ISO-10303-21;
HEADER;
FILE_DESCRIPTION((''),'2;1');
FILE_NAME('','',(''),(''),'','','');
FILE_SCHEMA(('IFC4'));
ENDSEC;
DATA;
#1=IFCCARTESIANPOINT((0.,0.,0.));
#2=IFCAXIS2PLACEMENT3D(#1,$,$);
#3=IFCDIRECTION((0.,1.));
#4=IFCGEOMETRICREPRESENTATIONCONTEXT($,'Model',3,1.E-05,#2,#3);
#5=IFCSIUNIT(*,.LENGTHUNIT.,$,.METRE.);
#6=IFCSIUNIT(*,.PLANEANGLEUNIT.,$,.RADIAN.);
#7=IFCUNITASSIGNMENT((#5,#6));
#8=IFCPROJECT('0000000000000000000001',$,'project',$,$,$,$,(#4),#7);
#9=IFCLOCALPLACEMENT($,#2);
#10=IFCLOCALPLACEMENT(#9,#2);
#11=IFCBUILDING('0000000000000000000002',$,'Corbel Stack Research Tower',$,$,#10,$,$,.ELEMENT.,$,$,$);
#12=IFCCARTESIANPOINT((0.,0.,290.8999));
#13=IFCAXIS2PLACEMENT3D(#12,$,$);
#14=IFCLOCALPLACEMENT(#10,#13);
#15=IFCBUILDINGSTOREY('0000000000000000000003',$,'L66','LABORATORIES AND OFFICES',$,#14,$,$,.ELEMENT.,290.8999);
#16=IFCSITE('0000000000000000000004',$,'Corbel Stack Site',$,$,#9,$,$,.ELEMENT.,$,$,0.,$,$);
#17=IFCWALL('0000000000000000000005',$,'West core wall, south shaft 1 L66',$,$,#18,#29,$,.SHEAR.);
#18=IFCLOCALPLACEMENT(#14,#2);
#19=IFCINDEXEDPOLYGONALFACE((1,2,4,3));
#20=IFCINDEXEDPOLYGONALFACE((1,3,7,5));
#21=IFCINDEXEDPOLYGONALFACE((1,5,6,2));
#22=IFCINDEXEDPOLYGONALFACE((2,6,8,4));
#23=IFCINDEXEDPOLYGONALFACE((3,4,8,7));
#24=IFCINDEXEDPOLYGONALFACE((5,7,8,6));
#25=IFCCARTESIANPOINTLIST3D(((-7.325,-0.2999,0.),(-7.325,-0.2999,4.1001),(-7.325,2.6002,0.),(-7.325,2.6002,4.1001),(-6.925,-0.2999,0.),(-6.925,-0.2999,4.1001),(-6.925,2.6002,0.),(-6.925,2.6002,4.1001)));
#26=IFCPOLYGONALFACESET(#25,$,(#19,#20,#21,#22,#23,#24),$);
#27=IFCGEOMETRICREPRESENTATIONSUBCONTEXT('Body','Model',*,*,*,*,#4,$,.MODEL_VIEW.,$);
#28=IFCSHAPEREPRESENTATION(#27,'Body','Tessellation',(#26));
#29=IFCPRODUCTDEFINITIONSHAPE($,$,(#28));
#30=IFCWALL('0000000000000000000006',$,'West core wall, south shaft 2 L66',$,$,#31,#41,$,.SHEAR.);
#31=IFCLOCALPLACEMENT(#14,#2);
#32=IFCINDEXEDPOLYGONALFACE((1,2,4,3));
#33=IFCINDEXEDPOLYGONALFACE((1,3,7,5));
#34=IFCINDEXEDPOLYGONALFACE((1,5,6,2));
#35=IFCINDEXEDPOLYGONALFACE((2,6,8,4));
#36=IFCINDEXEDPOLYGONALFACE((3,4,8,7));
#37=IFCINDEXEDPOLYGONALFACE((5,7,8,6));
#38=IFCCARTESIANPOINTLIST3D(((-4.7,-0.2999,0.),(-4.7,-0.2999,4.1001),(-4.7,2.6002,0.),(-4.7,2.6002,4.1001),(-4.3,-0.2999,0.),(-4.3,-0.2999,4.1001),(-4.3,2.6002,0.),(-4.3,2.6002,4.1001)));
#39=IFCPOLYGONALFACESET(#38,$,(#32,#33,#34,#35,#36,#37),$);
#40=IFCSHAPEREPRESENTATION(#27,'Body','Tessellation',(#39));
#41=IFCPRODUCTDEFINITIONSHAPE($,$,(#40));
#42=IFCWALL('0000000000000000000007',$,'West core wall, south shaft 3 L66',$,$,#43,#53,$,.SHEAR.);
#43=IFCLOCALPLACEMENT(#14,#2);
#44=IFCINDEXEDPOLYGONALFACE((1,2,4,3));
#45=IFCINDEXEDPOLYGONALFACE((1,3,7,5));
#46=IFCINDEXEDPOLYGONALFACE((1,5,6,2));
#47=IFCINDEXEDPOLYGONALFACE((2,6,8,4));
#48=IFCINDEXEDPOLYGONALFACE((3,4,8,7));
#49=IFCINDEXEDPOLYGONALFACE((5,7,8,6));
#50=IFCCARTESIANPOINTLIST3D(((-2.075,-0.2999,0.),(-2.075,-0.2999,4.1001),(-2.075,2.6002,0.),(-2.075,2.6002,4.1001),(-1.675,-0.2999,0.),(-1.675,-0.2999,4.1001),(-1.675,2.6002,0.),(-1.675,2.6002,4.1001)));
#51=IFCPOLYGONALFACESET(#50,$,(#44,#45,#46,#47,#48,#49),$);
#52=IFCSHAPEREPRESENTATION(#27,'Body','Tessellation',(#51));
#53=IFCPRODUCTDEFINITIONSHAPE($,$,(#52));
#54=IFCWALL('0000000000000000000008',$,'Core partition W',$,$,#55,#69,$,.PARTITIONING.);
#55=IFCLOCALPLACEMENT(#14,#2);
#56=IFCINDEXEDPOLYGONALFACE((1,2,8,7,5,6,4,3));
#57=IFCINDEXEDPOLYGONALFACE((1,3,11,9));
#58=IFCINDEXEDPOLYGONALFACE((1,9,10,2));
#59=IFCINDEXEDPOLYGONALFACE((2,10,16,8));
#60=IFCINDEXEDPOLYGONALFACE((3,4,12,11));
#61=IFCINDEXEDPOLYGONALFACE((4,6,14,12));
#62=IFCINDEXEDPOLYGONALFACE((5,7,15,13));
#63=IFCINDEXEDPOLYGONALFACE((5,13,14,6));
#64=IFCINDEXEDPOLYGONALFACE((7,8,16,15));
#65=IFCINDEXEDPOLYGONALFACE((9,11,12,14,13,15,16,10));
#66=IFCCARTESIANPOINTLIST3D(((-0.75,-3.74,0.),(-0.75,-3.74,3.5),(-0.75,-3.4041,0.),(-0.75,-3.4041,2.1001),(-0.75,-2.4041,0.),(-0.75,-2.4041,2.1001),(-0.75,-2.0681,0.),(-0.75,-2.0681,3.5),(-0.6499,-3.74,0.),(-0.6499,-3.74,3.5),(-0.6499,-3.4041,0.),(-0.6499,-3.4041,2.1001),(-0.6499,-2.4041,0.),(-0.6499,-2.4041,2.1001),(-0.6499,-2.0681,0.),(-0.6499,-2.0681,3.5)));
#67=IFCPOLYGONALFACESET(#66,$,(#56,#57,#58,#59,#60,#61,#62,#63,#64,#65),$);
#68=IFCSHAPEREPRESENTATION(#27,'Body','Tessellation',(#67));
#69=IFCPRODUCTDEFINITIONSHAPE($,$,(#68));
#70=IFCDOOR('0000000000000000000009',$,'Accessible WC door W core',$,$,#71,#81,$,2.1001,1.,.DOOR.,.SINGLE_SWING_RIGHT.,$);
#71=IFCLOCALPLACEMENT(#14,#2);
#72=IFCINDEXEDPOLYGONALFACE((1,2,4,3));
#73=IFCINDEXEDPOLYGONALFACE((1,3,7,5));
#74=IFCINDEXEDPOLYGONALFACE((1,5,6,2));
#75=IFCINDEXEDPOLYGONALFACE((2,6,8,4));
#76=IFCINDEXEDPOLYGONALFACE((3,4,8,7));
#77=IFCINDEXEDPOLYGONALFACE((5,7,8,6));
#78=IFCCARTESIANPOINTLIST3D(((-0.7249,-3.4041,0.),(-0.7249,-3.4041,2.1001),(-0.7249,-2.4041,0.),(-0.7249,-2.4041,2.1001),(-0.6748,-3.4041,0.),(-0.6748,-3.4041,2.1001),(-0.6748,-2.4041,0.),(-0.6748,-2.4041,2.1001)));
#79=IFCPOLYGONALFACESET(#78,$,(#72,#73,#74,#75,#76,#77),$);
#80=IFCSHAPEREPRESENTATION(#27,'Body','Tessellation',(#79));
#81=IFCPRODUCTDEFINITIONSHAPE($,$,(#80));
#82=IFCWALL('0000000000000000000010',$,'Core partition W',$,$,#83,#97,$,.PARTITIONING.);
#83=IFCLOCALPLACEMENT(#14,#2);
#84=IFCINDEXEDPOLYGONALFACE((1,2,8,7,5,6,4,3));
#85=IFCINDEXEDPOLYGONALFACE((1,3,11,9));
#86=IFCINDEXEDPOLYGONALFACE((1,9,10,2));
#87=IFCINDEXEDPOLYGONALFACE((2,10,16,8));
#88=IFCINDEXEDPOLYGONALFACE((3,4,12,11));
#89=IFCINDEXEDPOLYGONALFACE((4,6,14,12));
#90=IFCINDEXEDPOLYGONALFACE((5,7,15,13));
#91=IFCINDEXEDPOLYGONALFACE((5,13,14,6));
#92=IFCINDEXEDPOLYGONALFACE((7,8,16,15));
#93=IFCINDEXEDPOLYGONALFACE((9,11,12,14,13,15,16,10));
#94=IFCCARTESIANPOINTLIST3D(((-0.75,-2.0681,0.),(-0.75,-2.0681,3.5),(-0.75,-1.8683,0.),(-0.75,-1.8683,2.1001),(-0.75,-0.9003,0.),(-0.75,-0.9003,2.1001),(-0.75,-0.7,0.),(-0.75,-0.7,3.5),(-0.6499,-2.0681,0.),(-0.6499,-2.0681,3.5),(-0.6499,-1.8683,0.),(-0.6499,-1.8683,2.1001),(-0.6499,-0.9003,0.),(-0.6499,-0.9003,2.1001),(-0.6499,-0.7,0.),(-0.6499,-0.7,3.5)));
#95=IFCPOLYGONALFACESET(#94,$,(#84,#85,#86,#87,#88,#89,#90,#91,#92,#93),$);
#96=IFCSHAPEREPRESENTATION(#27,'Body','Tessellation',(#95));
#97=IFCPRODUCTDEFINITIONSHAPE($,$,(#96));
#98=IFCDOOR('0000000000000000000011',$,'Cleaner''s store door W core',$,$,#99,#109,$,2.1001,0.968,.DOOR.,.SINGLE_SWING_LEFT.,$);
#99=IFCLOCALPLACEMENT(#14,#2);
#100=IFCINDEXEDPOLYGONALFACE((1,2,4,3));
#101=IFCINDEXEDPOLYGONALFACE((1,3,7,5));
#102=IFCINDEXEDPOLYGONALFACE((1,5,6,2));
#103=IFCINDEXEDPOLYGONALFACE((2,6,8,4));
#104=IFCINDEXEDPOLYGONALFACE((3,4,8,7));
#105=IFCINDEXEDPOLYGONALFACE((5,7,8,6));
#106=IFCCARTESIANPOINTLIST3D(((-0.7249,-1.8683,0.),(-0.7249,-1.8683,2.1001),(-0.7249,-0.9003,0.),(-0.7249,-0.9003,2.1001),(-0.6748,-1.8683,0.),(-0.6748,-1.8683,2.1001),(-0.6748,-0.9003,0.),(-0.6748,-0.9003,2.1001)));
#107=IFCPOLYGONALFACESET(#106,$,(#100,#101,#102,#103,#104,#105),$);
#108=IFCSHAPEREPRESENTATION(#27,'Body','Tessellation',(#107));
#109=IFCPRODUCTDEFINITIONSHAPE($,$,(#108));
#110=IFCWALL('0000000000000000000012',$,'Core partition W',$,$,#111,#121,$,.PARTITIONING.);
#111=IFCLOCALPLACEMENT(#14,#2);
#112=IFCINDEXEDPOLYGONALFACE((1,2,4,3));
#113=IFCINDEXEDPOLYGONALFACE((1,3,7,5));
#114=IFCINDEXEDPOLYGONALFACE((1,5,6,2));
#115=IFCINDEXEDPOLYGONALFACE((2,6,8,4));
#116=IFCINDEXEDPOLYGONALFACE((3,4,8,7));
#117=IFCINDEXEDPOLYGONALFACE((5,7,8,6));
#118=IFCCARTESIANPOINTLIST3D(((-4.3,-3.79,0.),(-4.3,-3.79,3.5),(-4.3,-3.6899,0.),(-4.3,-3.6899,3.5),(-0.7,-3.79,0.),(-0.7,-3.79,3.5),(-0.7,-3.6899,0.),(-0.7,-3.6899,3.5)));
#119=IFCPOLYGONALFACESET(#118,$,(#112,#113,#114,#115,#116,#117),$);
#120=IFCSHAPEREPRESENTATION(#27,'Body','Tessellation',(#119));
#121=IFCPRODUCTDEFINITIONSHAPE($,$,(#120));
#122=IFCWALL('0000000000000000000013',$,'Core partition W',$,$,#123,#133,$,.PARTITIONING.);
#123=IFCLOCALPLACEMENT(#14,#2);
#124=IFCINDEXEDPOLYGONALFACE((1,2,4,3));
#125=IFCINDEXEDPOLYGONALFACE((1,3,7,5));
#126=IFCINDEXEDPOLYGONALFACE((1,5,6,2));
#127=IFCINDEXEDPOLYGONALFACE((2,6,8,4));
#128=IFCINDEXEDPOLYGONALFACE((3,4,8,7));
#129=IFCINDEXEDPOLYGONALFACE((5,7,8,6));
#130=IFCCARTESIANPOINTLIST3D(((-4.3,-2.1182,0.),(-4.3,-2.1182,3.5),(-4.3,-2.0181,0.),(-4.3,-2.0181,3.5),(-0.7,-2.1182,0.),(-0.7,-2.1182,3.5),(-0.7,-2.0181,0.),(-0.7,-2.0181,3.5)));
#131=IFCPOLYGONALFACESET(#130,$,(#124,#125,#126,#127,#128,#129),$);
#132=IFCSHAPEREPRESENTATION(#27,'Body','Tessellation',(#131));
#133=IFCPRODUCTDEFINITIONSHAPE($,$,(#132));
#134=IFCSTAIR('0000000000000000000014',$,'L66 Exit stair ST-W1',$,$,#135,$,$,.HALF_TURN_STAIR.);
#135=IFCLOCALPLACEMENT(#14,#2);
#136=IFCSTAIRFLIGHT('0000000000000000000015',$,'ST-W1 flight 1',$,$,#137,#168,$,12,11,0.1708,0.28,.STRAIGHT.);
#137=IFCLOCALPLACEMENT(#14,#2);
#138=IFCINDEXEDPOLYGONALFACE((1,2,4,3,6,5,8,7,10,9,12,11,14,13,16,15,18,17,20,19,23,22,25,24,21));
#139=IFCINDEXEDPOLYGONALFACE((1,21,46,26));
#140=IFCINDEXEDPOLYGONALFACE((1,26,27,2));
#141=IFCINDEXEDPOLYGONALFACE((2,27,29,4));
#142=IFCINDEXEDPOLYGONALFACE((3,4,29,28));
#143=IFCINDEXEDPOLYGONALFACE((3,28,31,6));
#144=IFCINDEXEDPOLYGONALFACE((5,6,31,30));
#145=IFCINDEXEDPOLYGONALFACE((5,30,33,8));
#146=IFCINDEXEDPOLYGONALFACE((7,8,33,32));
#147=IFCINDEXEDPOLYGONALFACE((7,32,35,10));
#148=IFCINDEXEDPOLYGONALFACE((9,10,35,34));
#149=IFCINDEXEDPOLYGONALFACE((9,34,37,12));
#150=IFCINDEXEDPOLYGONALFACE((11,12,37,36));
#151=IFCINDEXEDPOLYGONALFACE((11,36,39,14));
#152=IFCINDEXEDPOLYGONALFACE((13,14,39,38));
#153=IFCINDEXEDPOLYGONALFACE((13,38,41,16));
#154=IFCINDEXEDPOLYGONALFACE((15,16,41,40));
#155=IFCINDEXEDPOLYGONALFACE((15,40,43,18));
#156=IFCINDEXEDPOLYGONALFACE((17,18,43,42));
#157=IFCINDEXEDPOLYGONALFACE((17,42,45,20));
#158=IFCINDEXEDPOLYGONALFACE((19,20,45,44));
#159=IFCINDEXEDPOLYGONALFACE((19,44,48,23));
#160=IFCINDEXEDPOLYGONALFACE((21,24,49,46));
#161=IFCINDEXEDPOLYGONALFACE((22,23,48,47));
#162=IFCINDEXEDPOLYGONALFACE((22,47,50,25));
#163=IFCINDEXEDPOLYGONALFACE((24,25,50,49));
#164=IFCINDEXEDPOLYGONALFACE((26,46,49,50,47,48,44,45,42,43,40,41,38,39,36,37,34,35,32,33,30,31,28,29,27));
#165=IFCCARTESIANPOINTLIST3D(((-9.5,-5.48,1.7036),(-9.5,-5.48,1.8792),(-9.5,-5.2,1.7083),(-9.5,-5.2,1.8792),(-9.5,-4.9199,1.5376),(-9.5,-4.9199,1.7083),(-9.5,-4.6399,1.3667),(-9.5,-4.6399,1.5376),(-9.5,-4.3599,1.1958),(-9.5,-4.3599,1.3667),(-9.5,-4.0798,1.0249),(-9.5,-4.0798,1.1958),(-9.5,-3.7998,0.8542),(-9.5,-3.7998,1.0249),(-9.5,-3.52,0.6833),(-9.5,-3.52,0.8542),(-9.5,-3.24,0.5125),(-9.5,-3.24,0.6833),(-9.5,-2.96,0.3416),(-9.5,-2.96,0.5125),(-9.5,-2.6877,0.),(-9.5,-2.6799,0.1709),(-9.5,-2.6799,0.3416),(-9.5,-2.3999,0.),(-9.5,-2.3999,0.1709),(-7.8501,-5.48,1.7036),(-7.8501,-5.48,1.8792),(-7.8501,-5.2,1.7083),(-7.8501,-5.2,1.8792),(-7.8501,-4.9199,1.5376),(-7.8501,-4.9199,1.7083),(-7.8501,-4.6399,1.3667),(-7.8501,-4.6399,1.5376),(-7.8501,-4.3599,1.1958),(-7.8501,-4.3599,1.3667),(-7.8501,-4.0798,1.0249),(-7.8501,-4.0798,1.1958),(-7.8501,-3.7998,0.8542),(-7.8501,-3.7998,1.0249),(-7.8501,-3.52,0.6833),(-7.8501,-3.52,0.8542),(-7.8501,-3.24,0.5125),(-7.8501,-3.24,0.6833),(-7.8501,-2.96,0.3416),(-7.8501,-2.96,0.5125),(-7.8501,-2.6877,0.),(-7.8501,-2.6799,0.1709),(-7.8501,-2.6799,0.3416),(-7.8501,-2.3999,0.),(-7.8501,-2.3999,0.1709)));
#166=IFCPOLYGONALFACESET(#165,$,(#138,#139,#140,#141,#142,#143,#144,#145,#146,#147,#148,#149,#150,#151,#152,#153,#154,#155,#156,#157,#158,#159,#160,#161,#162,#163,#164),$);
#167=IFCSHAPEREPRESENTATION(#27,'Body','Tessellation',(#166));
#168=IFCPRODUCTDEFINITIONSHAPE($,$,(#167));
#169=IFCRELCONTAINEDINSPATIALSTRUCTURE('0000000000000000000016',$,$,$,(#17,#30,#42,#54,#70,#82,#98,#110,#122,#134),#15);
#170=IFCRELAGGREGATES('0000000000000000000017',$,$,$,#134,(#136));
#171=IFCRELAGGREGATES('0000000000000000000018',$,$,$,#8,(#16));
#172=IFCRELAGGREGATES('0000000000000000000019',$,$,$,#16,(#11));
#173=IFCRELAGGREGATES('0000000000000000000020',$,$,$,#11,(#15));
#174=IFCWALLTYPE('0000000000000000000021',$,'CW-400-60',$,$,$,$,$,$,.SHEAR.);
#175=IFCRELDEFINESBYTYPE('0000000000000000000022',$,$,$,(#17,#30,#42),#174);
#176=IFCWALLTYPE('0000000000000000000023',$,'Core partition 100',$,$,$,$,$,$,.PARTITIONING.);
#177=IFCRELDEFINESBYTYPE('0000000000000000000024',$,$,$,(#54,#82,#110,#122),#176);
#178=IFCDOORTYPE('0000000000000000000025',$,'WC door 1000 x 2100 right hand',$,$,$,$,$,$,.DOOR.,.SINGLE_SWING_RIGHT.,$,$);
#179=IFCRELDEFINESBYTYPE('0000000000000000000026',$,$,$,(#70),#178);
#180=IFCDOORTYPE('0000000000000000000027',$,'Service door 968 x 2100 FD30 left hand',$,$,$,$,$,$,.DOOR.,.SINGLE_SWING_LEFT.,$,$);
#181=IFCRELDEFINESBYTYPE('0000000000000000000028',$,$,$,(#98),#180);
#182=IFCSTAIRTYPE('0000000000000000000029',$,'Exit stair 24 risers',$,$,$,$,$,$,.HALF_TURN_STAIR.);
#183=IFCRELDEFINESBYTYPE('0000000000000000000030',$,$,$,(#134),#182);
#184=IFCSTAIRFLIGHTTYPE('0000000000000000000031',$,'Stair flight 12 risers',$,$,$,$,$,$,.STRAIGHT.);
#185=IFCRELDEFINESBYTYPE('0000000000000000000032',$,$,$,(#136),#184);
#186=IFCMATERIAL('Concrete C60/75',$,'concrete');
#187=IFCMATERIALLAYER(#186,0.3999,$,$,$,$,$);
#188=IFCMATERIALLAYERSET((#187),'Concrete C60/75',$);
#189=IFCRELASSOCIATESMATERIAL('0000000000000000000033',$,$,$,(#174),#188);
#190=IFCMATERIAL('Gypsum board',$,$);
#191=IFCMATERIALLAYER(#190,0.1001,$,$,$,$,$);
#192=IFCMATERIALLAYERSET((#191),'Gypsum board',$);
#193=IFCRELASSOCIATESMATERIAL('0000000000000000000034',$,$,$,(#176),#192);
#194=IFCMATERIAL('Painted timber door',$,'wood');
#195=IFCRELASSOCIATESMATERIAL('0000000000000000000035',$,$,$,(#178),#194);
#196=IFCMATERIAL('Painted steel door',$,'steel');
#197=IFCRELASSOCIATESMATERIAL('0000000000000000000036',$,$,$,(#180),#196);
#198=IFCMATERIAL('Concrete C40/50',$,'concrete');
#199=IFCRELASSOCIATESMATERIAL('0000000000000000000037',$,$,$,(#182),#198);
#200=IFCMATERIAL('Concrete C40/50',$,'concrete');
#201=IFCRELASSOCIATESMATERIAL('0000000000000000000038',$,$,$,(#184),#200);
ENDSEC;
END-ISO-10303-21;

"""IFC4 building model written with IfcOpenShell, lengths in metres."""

from ifc_helpers import new_model, si_unit, direction, frame, frame_2d, origin, place, context, subcontext, project, spatial, polyline, rectangle, outline, extrude, material, layer, layer_set, type_object, element, fill, aggregate, save


model = new_model("IFC4")

# Units and contexts
model_context = context("Model", 3, precision=1e-05, world=origin(), true_north=direction((0.0, 1.0)))
body_context = subcontext(model_context, "Body", "Model", "MODEL_VIEW")
ifc_project = project(units=[si_unit("LENGTHUNIT", "METRE"), si_unit("PLANEANGLEUNIT", "RADIAN")], contexts=[model_context])

# Site, building, storey
site_placement = place(None, origin())
site = spatial("IfcSite", under=ifc_project, at=site_placement, Name="Corbel Stack Site", CompositionType="ELEMENT", RefElevation=0.0)
building_placement = place(site_placement, origin())
building = spatial("IfcBuilding", under=site, at=building_placement, Name="Corbel Stack Research Tower", CompositionType="ELEMENT")
storey_placement = place(building_placement, frame((0.0, 0.0, 290.8999)))
storey = spatial("IfcBuildingStorey", under=building, at=storey_placement, Name="L66", Description="LABORATORIES AND OFFICES", CompositionType="ELEMENT", Elevation=290.8999)

# Walls
ifc_material_1 = material(Name="Concrete C60/75", Category="concrete")
ifc_layer_1 = layer(ifc_material_1, 0.3999)
ifc_layer_set_1 = layer_set([ifc_layer_1], Name="Concrete C60/75")
wall_type_1 = type_object("IfcWallType", Name="CW-400-60", PredefinedType="SHEAR", material=ifc_layer_set_1)
for number, where, z_axis, x_axis, name in (
    (1, (-7.125, -0.3, 0.0), (0.0, 0.0, 1.0), (0.0, 1.0, 0.0), "West core wall, south shaft 1 L66"),
    (2, (-4.5, -0.3, 0.0), (0.0, 0.0, 1.0), (0.0, 1.0, 0.0), "West core wall, south shaft 2 L66"),
    (3, (-1.875, -0.3, 0.0), (0.0, 0.0, 1.0), (0.0, 1.0, 0.0), "West core wall, south shaft 3 L66"),
):
    element("IfcWall", number, at=place(storey_placement, frame(where, z_axis=z_axis, x_axis=x_axis)), inside=storey, type_object=wall_type_1, Name=name, PredefinedType="SHEAR", context=body_context, shape_type="SweptSolid", body=[
        extrude(rectangle(XDim=2.9001, YDim=0.3999, at=frame_2d((1.4502, 0.0))), origin(), (0.0, 0.0, 1.0), 4.1001),
    ])

# Walls, openings, doors
ifc_material_2 = material(Name="Gypsum board")
ifc_layer_2 = layer(ifc_material_2, 0.1001)
ifc_layer_set_2 = layer_set([ifc_layer_2], Name="Gypsum board")
wall_type_2 = type_object("IfcWallType", Name="Core partition 100", PredefinedType="PARTITIONING", material=ifc_layer_set_2)
wall_1_placement = place(storey_placement, frame((-0.7, -3.74, 0.0), z_axis=(0.0, 0.0, 1.0), x_axis=(0.0, 1.0, 0.0)))
wall_1 = element("IfcWall", 4, at=wall_1_placement, inside=storey, type_object=wall_type_2, Name="Core partition W", PredefinedType="PARTITIONING", context=body_context, shape_type="SweptSolid", body=[
    extrude(rectangle(XDim=1.6719, YDim=0.1001, at=frame_2d((0.8359, 0.0))), origin(), (0.0, 0.0, 1.0), 3.5),
])
opening_1_placement = place(wall_1_placement, frame((0.3359, 0.0, 0.0)))
opening_1 = element("IfcOpeningElement", 5, at=opening_1_placement, cuts=wall_1, PredefinedType="OPENING", context=body_context, shape_type="SweptSolid", body=[
    extrude(rectangle(XDim=1.0, YDim=2.1001, at=frame_2d((0.5, 1.05))), frame((0.0, 0.0601, 0.0), z_axis=(0.0, -1.0, 0.0), x_axis=(1.0, 0.0, 0.0)), (0.0, 0.0, 1.0), 0.1201),
])
ifc_material_3 = material(Name="Painted timber door", Category="wood")
door_type_1 = type_object("IfcDoorType", Name="WC door 1000 x 2100 right hand", OperationType="SINGLE_SWING_RIGHT", PredefinedType="DOOR", material=ifc_material_3)
door_1_placement = place(opening_1_placement, origin())
door_1 = element("IfcDoor", 6, at=door_1_placement, inside=storey, type_object=door_type_1, Name="Accessible WC door W core", OperationType="SINGLE_SWING_RIGHT", OverallHeight=2.1001, OverallWidth=1.0, PredefinedType="DOOR", context=body_context, shape_type="SweptSolid", body=[
    extrude(rectangle(XDim=1.0, YDim=2.1001, at=frame_2d((0.5, 1.05))), frame((0.0, 0.0249, 0.0), z_axis=(0.0, -1.0, 0.0), x_axis=(1.0, 0.0, 0.0)), (0.0, 0.0, 1.0), 0.05),
])
fill(opening_1, door_1)
wall_2_placement = place(storey_placement, frame((-0.7, -2.0681, 0.0), z_axis=(0.0, 0.0, 1.0), x_axis=(0.0, 1.0, 0.0)))
wall_2 = element("IfcWall", 7, at=wall_2_placement, inside=storey, type_object=wall_type_2, Name="Core partition W", PredefinedType="PARTITIONING", context=body_context, shape_type="SweptSolid", body=[
    extrude(rectangle(XDim=1.3682, YDim=0.1001, at=frame_2d((0.6841, 0.0))), origin(), (0.0, 0.0, 1.0), 3.5),
])
opening_2_placement = place(wall_2_placement, frame((0.2, 0.0, 0.0)))
opening_2 = element("IfcOpeningElement", 8, at=opening_2_placement, cuts=wall_2, PredefinedType="OPENING", context=body_context, shape_type="SweptSolid", body=[
    extrude(rectangle(XDim=0.968, YDim=2.1001, at=frame_2d((0.4839, 1.05))), frame((0.0, 0.0601, 0.0), z_axis=(0.0, -1.0, 0.0), x_axis=(1.0, 0.0, 0.0)), (0.0, 0.0, 1.0), 0.1201),
])
ifc_material_4 = material(Name="Painted steel door", Category="steel")
door_type_2 = type_object("IfcDoorType", Name="Service door 968 x 2100 FD30 left hand", OperationType="SINGLE_SWING_LEFT", PredefinedType="DOOR", material=ifc_material_4)
door_2_placement = place(opening_2_placement, origin())
door_2 = element("IfcDoor", 9, at=door_2_placement, inside=storey, type_object=door_type_2, Name="Cleaner's store door W core", OperationType="SINGLE_SWING_LEFT", OverallHeight=2.1001, OverallWidth=0.968, PredefinedType="DOOR", context=body_context, shape_type="SweptSolid", body=[
    extrude(rectangle(XDim=0.968, YDim=2.1001, at=frame_2d((0.4839, 1.05))), frame((0.0, 0.0249, 0.0), z_axis=(0.0, -1.0, 0.0), x_axis=(1.0, 0.0, 0.0)), (0.0, 0.0, 1.0), 0.05),
])
fill(opening_2, door_2)

# Walls
for number, where, z_axis, x_axis, name in (
    (10, (-4.3, -3.74, 0.0), (0.0, 0.0, 1.0), (1.0, 0.0, 0.0), "Core partition W"),
    (11, (-4.3, -2.0681, 0.0), (0.0, 0.0, 1.0), (1.0, 0.0, 0.0), "Core partition W"),
):
    element("IfcWall", number, at=place(storey_placement, frame(where, z_axis=z_axis, x_axis=x_axis)), inside=storey, type_object=wall_type_2, Name=name, PredefinedType="PARTITIONING", context=body_context, shape_type="SweptSolid", body=[
        extrude(rectangle(XDim=3.6001, YDim=0.1001, at=frame_2d((1.8, 0.0))), origin(), (0.0, 0.0, 1.0), 3.5),
    ])

# Stair, stair flight
ifc_material_5 = material(Name="Concrete C40/50", Category="concrete")
stair_type = type_object("IfcStairType", Name="Exit stair 24 risers", PredefinedType="HALF_TURN_STAIR", material=ifc_material_5)
stair_placement = place(storey_placement, origin())
stair = element("IfcStair", 12, at=stair_placement, inside=storey, type_object=stair_type, Name="L66 Exit stair ST-W1", PredefinedType="HALF_TURN_STAIR")
ifc_material_6 = material(Name="Concrete C40/50", Category="concrete")
stair_flight_type = type_object("IfcStairFlightType", Name="Stair flight 12 risers", PredefinedType="STRAIGHT", material=ifc_material_6)
stair_flight_placement = place(storey_placement, frame((-8.675, -2.3999, 0.0), z_axis=(0.0, 0.0, 1.0), x_axis=(0.0, -1.0, 0.0)))
stair_flight = element("IfcStairFlight", 13, at=stair_flight_placement, type_object=stair_flight_type, Name="ST-W1 flight 1", NumberOfRisers=12, NumberOfTreads=11, PredefinedType="STRAIGHT", RiserHeight=0.1708, TreadLength=0.28, context=body_context, shape_type="SweptSolid", body=[
    extrude(outline(polyline([(0.0, 0.0), (0.0, 0.1709), (0.28, 0.1709), (0.28, 0.3416), (0.5601, 0.3416), (0.5601, 0.5125), (0.8401, 0.5125), (0.8401, 0.6833), (1.1201, 0.6833), (1.1201, 0.8542), (1.3999, 0.8542), (1.3999, 1.0249), (1.6799, 1.0249), (1.6799, 1.1958), (1.96, 1.1958), (1.96, 1.3667), (2.24, 1.3667), (2.24, 1.5376), (2.52, 1.5376), (2.52, 1.7083), (2.8, 1.7083), (2.8, 1.8792), (3.0801, 1.8792), (3.0801, 2.05), (3.0801, 1.7036), (0.2878, 0.0), (0.0, 0.0)])), frame((0.0, 0.825, 0.0), z_axis=(0.0, -1.0, 0.0), x_axis=(1.0, 0.0, 0.0)), (0.0, 0.0, 1.0), 1.6499),
])
aggregate(stair, [stair_flight])

save(model, "model.ifc")
